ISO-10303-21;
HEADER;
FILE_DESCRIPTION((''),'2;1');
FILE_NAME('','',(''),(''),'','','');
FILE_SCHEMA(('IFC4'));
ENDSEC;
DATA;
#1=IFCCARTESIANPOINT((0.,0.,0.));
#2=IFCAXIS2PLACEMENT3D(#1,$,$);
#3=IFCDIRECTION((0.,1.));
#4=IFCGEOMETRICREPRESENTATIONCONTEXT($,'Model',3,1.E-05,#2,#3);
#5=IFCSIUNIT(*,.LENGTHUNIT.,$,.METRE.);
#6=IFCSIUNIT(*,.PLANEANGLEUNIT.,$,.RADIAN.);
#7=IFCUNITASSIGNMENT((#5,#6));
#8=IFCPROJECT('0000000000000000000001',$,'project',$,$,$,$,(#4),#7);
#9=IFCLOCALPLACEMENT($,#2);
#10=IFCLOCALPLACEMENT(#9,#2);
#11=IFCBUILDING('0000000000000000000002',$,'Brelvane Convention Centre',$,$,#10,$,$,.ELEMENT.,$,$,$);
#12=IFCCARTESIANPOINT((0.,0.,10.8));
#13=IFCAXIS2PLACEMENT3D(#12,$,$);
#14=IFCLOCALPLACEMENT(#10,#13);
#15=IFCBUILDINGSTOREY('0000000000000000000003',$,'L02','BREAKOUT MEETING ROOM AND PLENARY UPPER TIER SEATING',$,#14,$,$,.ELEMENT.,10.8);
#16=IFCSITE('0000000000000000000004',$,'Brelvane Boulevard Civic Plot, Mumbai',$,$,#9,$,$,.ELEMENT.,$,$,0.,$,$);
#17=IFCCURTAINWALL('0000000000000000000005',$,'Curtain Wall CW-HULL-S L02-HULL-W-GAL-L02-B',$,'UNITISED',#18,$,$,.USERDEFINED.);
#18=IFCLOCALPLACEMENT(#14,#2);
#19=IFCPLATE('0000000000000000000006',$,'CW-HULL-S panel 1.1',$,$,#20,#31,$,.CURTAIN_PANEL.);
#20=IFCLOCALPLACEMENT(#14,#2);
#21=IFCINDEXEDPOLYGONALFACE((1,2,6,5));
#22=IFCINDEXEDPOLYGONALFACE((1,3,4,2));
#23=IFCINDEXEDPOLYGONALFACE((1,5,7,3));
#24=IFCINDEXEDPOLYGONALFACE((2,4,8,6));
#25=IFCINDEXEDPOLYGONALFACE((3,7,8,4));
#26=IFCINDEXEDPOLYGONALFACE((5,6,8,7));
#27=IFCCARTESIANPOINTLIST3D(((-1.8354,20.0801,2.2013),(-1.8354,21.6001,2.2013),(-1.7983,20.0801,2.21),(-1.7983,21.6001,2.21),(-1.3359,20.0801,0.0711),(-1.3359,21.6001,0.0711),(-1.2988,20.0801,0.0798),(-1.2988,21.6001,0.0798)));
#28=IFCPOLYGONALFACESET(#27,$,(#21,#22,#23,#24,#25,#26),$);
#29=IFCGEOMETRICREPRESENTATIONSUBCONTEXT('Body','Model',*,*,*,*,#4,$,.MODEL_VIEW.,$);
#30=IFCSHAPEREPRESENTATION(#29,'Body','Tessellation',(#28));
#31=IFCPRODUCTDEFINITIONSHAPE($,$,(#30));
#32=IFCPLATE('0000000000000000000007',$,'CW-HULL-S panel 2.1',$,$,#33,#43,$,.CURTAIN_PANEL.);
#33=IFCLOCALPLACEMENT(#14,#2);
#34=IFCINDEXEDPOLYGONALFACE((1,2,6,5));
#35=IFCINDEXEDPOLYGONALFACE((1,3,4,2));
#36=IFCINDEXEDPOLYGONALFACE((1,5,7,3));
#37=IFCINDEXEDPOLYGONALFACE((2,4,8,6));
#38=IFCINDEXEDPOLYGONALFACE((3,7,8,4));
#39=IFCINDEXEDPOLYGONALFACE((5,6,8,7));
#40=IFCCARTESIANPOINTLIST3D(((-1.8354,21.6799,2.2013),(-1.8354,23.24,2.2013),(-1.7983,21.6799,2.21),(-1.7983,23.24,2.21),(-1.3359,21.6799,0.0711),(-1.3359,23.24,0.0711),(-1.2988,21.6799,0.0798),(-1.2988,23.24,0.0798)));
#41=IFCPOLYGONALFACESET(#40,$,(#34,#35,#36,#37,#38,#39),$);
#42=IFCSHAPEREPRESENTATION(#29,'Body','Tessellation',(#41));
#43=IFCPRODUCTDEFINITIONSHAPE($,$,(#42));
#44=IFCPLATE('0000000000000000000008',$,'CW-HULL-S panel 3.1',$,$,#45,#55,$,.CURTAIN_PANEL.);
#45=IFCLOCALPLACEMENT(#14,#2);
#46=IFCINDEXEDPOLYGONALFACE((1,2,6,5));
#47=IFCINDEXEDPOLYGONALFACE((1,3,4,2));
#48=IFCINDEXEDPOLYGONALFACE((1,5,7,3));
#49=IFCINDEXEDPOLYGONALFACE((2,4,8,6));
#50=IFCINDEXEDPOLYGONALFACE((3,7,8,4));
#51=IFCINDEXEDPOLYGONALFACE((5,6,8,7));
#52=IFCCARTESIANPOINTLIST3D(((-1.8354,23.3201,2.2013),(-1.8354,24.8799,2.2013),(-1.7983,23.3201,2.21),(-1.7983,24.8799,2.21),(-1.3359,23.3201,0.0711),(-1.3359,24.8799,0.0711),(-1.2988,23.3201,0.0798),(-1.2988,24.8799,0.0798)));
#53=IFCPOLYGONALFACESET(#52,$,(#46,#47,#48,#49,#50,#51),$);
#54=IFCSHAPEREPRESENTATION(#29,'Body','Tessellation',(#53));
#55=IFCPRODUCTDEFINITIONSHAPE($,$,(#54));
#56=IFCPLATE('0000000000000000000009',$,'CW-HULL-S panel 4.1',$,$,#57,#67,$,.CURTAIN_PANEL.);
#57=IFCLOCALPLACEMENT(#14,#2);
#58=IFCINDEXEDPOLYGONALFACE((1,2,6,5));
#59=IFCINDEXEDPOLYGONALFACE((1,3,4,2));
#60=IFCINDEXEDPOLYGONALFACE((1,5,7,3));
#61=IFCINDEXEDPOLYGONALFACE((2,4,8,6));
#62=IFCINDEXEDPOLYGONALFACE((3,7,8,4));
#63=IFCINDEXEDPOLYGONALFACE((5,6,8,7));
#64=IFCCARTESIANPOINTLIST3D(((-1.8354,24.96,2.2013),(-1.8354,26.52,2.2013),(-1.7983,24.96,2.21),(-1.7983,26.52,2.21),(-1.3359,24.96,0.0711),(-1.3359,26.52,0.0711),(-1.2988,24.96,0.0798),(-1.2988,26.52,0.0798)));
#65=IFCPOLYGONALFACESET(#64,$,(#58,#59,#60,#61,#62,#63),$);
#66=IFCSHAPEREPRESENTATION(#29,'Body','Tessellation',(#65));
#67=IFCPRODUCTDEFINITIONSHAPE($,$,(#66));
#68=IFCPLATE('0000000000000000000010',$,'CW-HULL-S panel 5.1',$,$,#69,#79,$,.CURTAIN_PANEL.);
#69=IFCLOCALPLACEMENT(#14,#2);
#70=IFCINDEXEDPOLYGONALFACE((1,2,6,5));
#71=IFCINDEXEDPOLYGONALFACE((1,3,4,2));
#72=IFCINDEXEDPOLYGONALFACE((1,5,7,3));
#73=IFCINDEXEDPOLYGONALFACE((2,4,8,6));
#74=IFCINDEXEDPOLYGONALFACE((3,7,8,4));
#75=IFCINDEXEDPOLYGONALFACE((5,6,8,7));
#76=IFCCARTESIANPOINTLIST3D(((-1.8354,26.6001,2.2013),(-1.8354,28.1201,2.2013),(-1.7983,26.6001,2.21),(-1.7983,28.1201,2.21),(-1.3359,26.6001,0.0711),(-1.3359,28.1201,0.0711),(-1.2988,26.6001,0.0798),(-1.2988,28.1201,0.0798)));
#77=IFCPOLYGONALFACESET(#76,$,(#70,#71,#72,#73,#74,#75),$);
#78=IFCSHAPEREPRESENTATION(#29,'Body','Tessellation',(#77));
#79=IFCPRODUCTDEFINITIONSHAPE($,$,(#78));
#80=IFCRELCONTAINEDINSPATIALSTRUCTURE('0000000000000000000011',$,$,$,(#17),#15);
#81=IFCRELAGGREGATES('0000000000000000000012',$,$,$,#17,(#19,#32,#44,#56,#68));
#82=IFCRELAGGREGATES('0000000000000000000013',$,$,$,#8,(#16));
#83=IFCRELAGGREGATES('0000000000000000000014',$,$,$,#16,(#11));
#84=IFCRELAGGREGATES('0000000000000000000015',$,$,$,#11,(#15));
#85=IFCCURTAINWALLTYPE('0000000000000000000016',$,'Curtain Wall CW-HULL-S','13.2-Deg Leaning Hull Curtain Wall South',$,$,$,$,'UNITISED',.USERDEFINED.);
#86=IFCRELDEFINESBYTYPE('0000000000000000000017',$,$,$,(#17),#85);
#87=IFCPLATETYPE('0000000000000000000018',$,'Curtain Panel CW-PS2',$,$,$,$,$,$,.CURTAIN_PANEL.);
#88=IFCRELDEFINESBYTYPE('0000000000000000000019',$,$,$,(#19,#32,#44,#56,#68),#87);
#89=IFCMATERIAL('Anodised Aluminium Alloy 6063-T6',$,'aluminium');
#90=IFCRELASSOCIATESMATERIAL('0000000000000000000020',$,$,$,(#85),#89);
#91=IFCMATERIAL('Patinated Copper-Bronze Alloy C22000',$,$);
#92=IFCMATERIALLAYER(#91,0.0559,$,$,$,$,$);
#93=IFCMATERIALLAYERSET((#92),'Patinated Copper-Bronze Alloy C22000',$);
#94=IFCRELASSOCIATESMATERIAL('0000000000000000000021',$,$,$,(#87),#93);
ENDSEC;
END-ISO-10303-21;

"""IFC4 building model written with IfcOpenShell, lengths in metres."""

from ifc_helpers import new_model, si_unit, direction, frame, origin, place, context, subcontext, project, spatial, polyline, outline, extrude, material, layer, layer_set, type_object, element, aggregate, save


model = new_model("IFC4")

# Units and contexts
model_context = context("Model", 3, precision=1e-05, world=origin(), true_north=direction((0.0, 1.0)))
body_context = subcontext(model_context, "Body", "Model", "MODEL_VIEW")
ifc_project = project(units=[si_unit("LENGTHUNIT", "METRE"), si_unit("PLANEANGLEUNIT", "RADIAN")], contexts=[model_context])

# Site, building, storey
site_placement = place(None, origin())
site = spatial("IfcSite", under=ifc_project, at=site_placement, Name="Brelvane Boulevard Civic Plot, Mumbai", CompositionType="ELEMENT", RefElevation=0.0)
building_placement = place(site_placement, origin())
building = spatial("IfcBuilding", under=site, at=building_placement, Name="Brelvane Convention Centre", CompositionType="ELEMENT")
storey_placement = place(building_placement, frame((0.0, 0.0, 10.8)))
storey = spatial("IfcBuildingStorey", under=building, at=storey_placement, Name="L02", Description="BREAKOUT MEETING ROOM AND PLENARY UPPER TIER SEATING", CompositionType="ELEMENT", Elevation=10.8)

# Curtain wall, plates
ifc_material_1 = material(Name="Anodised Aluminium Alloy 6063-T6", Category="aluminium")
curtain_wall_type = type_object("IfcCurtainWallType", Name="Curtain Wall CW-HULL-S", Description="13.2-Deg Leaning Hull Curtain Wall South", ElementType="UNITISED", PredefinedType="USERDEFINED", material=ifc_material_1)
curtain_wall_placement = place(storey_placement, origin())
curtain_wall = element("IfcCurtainWall", 1, at=curtain_wall_placement, inside=storey, type_object=curtain_wall_type, Name="Curtain Wall CW-HULL-S L02-HULL-W-GAL-L02-B", ObjectType="UNITISED", PredefinedType="USERDEFINED")
ifc_material_2 = material(Name="Patinated Copper-Bronze Alloy C22000")
ifc_layer_1 = layer(ifc_material_2, 0.0559)
ifc_layer_set_1 = layer_set([ifc_layer_1], Name="Patinated Copper-Bronze Alloy C22000")
plate_type_1 = type_object("IfcPlateType", Name="Curtain Panel CW-PS2", PredefinedType="CURTAIN_PANEL", material=ifc_layer_set_1)
plate_1_placement = place(storey_placement, frame((-1.2988, 20.0801, 0.0798), z_axis=(0.97359, 0.0, 0.228305), x_axis=(0.0, 1.0, 0.0)))
plate_1 = element("IfcPlate", 2, at=plate_1_placement, type_object=plate_type_1, Name="CW-HULL-S panel 1.1", PredefinedType="CURTAIN_PANEL", context=body_context, shape_type="SweptSolid", body=[
    extrude(outline(polyline([(0.0, 0.0), (1.52, 0.0), (1.52, 2.1879), (0.0, 2.1879), (0.0, 0.0)])), origin(), (0.0, 0.0, -1.0), 0.0381),
])
plate_2_placement = place(storey_placement, frame((-1.2988, 21.6799, 0.0798), z_axis=(0.97359, 0.0, 0.228305), x_axis=(0.0, 1.0, 0.0)))
plate_2 = element("IfcPlate", 3, at=plate_2_placement, type_object=plate_type_1, Name="CW-HULL-S panel 2.1", PredefinedType="CURTAIN_PANEL", context=body_context, shape_type="SweptSolid", body=[
    extrude(outline(polyline([(0.0, 0.0), (1.5601, 0.0), (1.5601, 2.1879), (0.0, 2.1879), (0.0, 0.0)])), origin(), (0.0, 0.0, -1.0), 0.0381),
])
plate_3_placement = place(storey_placement, frame((-1.2988, 23.3201, 0.0798), z_axis=(0.97359, 0.0, 0.228305), x_axis=(0.0, 1.0, 0.0)))
plate_3 = element("IfcPlate", 4, at=plate_3_placement, type_object=plate_type_1, Name="CW-HULL-S panel 3.1", PredefinedType="CURTAIN_PANEL", context=body_context, shape_type="SweptSolid", body=[
    extrude(outline(polyline([(0.0, 0.0), (1.5598, 0.0), (1.5598, 2.1879), (0.0, 2.1879), (0.0, 0.0)])), origin(), (0.0, 0.0, -1.0), 0.0381),
])
plate_4_placement = place(storey_placement, frame((-1.2988, 24.96, 0.0798), z_axis=(0.97359, 0.0, 0.228305), x_axis=(0.0, 1.0, 0.0)))
plate_4 = element("IfcPlate", 5, at=plate_4_placement, type_object=plate_type_1, Name="CW-HULL-S panel 4.1", PredefinedType="CURTAIN_PANEL", context=body_context, shape_type="SweptSolid", body=[
    extrude(outline(polyline([(0.0, 0.0), (1.5601, 0.0), (1.5601, 2.1879), (0.0, 2.1879), (0.0, 0.0)])), origin(), (0.0, 0.0, -1.0), 0.0381),
])
plate_5_placement = place(storey_placement, frame((-1.2988, 26.6001, 0.0798), z_axis=(0.97359, 0.0, 0.228305), x_axis=(0.0, 1.0, 0.0)))
plate_5 = element("IfcPlate", 6, at=plate_5_placement, type_object=plate_type_1, Name="CW-HULL-S panel 5.1", PredefinedType="CURTAIN_PANEL", context=body_context, shape_type="SweptSolid", body=[
    extrude(outline(polyline([(0.0, 0.0), (1.52, 0.0), (1.52, 2.1879), (0.0, 2.1879), (0.0, 0.0)])), origin(), (0.0, 0.0, -1.0), 0.0381),
])
aggregate(curtain_wall, [plate_1, plate_2, plate_3, plate_4, plate_5])

save(model, "model.ifc")
